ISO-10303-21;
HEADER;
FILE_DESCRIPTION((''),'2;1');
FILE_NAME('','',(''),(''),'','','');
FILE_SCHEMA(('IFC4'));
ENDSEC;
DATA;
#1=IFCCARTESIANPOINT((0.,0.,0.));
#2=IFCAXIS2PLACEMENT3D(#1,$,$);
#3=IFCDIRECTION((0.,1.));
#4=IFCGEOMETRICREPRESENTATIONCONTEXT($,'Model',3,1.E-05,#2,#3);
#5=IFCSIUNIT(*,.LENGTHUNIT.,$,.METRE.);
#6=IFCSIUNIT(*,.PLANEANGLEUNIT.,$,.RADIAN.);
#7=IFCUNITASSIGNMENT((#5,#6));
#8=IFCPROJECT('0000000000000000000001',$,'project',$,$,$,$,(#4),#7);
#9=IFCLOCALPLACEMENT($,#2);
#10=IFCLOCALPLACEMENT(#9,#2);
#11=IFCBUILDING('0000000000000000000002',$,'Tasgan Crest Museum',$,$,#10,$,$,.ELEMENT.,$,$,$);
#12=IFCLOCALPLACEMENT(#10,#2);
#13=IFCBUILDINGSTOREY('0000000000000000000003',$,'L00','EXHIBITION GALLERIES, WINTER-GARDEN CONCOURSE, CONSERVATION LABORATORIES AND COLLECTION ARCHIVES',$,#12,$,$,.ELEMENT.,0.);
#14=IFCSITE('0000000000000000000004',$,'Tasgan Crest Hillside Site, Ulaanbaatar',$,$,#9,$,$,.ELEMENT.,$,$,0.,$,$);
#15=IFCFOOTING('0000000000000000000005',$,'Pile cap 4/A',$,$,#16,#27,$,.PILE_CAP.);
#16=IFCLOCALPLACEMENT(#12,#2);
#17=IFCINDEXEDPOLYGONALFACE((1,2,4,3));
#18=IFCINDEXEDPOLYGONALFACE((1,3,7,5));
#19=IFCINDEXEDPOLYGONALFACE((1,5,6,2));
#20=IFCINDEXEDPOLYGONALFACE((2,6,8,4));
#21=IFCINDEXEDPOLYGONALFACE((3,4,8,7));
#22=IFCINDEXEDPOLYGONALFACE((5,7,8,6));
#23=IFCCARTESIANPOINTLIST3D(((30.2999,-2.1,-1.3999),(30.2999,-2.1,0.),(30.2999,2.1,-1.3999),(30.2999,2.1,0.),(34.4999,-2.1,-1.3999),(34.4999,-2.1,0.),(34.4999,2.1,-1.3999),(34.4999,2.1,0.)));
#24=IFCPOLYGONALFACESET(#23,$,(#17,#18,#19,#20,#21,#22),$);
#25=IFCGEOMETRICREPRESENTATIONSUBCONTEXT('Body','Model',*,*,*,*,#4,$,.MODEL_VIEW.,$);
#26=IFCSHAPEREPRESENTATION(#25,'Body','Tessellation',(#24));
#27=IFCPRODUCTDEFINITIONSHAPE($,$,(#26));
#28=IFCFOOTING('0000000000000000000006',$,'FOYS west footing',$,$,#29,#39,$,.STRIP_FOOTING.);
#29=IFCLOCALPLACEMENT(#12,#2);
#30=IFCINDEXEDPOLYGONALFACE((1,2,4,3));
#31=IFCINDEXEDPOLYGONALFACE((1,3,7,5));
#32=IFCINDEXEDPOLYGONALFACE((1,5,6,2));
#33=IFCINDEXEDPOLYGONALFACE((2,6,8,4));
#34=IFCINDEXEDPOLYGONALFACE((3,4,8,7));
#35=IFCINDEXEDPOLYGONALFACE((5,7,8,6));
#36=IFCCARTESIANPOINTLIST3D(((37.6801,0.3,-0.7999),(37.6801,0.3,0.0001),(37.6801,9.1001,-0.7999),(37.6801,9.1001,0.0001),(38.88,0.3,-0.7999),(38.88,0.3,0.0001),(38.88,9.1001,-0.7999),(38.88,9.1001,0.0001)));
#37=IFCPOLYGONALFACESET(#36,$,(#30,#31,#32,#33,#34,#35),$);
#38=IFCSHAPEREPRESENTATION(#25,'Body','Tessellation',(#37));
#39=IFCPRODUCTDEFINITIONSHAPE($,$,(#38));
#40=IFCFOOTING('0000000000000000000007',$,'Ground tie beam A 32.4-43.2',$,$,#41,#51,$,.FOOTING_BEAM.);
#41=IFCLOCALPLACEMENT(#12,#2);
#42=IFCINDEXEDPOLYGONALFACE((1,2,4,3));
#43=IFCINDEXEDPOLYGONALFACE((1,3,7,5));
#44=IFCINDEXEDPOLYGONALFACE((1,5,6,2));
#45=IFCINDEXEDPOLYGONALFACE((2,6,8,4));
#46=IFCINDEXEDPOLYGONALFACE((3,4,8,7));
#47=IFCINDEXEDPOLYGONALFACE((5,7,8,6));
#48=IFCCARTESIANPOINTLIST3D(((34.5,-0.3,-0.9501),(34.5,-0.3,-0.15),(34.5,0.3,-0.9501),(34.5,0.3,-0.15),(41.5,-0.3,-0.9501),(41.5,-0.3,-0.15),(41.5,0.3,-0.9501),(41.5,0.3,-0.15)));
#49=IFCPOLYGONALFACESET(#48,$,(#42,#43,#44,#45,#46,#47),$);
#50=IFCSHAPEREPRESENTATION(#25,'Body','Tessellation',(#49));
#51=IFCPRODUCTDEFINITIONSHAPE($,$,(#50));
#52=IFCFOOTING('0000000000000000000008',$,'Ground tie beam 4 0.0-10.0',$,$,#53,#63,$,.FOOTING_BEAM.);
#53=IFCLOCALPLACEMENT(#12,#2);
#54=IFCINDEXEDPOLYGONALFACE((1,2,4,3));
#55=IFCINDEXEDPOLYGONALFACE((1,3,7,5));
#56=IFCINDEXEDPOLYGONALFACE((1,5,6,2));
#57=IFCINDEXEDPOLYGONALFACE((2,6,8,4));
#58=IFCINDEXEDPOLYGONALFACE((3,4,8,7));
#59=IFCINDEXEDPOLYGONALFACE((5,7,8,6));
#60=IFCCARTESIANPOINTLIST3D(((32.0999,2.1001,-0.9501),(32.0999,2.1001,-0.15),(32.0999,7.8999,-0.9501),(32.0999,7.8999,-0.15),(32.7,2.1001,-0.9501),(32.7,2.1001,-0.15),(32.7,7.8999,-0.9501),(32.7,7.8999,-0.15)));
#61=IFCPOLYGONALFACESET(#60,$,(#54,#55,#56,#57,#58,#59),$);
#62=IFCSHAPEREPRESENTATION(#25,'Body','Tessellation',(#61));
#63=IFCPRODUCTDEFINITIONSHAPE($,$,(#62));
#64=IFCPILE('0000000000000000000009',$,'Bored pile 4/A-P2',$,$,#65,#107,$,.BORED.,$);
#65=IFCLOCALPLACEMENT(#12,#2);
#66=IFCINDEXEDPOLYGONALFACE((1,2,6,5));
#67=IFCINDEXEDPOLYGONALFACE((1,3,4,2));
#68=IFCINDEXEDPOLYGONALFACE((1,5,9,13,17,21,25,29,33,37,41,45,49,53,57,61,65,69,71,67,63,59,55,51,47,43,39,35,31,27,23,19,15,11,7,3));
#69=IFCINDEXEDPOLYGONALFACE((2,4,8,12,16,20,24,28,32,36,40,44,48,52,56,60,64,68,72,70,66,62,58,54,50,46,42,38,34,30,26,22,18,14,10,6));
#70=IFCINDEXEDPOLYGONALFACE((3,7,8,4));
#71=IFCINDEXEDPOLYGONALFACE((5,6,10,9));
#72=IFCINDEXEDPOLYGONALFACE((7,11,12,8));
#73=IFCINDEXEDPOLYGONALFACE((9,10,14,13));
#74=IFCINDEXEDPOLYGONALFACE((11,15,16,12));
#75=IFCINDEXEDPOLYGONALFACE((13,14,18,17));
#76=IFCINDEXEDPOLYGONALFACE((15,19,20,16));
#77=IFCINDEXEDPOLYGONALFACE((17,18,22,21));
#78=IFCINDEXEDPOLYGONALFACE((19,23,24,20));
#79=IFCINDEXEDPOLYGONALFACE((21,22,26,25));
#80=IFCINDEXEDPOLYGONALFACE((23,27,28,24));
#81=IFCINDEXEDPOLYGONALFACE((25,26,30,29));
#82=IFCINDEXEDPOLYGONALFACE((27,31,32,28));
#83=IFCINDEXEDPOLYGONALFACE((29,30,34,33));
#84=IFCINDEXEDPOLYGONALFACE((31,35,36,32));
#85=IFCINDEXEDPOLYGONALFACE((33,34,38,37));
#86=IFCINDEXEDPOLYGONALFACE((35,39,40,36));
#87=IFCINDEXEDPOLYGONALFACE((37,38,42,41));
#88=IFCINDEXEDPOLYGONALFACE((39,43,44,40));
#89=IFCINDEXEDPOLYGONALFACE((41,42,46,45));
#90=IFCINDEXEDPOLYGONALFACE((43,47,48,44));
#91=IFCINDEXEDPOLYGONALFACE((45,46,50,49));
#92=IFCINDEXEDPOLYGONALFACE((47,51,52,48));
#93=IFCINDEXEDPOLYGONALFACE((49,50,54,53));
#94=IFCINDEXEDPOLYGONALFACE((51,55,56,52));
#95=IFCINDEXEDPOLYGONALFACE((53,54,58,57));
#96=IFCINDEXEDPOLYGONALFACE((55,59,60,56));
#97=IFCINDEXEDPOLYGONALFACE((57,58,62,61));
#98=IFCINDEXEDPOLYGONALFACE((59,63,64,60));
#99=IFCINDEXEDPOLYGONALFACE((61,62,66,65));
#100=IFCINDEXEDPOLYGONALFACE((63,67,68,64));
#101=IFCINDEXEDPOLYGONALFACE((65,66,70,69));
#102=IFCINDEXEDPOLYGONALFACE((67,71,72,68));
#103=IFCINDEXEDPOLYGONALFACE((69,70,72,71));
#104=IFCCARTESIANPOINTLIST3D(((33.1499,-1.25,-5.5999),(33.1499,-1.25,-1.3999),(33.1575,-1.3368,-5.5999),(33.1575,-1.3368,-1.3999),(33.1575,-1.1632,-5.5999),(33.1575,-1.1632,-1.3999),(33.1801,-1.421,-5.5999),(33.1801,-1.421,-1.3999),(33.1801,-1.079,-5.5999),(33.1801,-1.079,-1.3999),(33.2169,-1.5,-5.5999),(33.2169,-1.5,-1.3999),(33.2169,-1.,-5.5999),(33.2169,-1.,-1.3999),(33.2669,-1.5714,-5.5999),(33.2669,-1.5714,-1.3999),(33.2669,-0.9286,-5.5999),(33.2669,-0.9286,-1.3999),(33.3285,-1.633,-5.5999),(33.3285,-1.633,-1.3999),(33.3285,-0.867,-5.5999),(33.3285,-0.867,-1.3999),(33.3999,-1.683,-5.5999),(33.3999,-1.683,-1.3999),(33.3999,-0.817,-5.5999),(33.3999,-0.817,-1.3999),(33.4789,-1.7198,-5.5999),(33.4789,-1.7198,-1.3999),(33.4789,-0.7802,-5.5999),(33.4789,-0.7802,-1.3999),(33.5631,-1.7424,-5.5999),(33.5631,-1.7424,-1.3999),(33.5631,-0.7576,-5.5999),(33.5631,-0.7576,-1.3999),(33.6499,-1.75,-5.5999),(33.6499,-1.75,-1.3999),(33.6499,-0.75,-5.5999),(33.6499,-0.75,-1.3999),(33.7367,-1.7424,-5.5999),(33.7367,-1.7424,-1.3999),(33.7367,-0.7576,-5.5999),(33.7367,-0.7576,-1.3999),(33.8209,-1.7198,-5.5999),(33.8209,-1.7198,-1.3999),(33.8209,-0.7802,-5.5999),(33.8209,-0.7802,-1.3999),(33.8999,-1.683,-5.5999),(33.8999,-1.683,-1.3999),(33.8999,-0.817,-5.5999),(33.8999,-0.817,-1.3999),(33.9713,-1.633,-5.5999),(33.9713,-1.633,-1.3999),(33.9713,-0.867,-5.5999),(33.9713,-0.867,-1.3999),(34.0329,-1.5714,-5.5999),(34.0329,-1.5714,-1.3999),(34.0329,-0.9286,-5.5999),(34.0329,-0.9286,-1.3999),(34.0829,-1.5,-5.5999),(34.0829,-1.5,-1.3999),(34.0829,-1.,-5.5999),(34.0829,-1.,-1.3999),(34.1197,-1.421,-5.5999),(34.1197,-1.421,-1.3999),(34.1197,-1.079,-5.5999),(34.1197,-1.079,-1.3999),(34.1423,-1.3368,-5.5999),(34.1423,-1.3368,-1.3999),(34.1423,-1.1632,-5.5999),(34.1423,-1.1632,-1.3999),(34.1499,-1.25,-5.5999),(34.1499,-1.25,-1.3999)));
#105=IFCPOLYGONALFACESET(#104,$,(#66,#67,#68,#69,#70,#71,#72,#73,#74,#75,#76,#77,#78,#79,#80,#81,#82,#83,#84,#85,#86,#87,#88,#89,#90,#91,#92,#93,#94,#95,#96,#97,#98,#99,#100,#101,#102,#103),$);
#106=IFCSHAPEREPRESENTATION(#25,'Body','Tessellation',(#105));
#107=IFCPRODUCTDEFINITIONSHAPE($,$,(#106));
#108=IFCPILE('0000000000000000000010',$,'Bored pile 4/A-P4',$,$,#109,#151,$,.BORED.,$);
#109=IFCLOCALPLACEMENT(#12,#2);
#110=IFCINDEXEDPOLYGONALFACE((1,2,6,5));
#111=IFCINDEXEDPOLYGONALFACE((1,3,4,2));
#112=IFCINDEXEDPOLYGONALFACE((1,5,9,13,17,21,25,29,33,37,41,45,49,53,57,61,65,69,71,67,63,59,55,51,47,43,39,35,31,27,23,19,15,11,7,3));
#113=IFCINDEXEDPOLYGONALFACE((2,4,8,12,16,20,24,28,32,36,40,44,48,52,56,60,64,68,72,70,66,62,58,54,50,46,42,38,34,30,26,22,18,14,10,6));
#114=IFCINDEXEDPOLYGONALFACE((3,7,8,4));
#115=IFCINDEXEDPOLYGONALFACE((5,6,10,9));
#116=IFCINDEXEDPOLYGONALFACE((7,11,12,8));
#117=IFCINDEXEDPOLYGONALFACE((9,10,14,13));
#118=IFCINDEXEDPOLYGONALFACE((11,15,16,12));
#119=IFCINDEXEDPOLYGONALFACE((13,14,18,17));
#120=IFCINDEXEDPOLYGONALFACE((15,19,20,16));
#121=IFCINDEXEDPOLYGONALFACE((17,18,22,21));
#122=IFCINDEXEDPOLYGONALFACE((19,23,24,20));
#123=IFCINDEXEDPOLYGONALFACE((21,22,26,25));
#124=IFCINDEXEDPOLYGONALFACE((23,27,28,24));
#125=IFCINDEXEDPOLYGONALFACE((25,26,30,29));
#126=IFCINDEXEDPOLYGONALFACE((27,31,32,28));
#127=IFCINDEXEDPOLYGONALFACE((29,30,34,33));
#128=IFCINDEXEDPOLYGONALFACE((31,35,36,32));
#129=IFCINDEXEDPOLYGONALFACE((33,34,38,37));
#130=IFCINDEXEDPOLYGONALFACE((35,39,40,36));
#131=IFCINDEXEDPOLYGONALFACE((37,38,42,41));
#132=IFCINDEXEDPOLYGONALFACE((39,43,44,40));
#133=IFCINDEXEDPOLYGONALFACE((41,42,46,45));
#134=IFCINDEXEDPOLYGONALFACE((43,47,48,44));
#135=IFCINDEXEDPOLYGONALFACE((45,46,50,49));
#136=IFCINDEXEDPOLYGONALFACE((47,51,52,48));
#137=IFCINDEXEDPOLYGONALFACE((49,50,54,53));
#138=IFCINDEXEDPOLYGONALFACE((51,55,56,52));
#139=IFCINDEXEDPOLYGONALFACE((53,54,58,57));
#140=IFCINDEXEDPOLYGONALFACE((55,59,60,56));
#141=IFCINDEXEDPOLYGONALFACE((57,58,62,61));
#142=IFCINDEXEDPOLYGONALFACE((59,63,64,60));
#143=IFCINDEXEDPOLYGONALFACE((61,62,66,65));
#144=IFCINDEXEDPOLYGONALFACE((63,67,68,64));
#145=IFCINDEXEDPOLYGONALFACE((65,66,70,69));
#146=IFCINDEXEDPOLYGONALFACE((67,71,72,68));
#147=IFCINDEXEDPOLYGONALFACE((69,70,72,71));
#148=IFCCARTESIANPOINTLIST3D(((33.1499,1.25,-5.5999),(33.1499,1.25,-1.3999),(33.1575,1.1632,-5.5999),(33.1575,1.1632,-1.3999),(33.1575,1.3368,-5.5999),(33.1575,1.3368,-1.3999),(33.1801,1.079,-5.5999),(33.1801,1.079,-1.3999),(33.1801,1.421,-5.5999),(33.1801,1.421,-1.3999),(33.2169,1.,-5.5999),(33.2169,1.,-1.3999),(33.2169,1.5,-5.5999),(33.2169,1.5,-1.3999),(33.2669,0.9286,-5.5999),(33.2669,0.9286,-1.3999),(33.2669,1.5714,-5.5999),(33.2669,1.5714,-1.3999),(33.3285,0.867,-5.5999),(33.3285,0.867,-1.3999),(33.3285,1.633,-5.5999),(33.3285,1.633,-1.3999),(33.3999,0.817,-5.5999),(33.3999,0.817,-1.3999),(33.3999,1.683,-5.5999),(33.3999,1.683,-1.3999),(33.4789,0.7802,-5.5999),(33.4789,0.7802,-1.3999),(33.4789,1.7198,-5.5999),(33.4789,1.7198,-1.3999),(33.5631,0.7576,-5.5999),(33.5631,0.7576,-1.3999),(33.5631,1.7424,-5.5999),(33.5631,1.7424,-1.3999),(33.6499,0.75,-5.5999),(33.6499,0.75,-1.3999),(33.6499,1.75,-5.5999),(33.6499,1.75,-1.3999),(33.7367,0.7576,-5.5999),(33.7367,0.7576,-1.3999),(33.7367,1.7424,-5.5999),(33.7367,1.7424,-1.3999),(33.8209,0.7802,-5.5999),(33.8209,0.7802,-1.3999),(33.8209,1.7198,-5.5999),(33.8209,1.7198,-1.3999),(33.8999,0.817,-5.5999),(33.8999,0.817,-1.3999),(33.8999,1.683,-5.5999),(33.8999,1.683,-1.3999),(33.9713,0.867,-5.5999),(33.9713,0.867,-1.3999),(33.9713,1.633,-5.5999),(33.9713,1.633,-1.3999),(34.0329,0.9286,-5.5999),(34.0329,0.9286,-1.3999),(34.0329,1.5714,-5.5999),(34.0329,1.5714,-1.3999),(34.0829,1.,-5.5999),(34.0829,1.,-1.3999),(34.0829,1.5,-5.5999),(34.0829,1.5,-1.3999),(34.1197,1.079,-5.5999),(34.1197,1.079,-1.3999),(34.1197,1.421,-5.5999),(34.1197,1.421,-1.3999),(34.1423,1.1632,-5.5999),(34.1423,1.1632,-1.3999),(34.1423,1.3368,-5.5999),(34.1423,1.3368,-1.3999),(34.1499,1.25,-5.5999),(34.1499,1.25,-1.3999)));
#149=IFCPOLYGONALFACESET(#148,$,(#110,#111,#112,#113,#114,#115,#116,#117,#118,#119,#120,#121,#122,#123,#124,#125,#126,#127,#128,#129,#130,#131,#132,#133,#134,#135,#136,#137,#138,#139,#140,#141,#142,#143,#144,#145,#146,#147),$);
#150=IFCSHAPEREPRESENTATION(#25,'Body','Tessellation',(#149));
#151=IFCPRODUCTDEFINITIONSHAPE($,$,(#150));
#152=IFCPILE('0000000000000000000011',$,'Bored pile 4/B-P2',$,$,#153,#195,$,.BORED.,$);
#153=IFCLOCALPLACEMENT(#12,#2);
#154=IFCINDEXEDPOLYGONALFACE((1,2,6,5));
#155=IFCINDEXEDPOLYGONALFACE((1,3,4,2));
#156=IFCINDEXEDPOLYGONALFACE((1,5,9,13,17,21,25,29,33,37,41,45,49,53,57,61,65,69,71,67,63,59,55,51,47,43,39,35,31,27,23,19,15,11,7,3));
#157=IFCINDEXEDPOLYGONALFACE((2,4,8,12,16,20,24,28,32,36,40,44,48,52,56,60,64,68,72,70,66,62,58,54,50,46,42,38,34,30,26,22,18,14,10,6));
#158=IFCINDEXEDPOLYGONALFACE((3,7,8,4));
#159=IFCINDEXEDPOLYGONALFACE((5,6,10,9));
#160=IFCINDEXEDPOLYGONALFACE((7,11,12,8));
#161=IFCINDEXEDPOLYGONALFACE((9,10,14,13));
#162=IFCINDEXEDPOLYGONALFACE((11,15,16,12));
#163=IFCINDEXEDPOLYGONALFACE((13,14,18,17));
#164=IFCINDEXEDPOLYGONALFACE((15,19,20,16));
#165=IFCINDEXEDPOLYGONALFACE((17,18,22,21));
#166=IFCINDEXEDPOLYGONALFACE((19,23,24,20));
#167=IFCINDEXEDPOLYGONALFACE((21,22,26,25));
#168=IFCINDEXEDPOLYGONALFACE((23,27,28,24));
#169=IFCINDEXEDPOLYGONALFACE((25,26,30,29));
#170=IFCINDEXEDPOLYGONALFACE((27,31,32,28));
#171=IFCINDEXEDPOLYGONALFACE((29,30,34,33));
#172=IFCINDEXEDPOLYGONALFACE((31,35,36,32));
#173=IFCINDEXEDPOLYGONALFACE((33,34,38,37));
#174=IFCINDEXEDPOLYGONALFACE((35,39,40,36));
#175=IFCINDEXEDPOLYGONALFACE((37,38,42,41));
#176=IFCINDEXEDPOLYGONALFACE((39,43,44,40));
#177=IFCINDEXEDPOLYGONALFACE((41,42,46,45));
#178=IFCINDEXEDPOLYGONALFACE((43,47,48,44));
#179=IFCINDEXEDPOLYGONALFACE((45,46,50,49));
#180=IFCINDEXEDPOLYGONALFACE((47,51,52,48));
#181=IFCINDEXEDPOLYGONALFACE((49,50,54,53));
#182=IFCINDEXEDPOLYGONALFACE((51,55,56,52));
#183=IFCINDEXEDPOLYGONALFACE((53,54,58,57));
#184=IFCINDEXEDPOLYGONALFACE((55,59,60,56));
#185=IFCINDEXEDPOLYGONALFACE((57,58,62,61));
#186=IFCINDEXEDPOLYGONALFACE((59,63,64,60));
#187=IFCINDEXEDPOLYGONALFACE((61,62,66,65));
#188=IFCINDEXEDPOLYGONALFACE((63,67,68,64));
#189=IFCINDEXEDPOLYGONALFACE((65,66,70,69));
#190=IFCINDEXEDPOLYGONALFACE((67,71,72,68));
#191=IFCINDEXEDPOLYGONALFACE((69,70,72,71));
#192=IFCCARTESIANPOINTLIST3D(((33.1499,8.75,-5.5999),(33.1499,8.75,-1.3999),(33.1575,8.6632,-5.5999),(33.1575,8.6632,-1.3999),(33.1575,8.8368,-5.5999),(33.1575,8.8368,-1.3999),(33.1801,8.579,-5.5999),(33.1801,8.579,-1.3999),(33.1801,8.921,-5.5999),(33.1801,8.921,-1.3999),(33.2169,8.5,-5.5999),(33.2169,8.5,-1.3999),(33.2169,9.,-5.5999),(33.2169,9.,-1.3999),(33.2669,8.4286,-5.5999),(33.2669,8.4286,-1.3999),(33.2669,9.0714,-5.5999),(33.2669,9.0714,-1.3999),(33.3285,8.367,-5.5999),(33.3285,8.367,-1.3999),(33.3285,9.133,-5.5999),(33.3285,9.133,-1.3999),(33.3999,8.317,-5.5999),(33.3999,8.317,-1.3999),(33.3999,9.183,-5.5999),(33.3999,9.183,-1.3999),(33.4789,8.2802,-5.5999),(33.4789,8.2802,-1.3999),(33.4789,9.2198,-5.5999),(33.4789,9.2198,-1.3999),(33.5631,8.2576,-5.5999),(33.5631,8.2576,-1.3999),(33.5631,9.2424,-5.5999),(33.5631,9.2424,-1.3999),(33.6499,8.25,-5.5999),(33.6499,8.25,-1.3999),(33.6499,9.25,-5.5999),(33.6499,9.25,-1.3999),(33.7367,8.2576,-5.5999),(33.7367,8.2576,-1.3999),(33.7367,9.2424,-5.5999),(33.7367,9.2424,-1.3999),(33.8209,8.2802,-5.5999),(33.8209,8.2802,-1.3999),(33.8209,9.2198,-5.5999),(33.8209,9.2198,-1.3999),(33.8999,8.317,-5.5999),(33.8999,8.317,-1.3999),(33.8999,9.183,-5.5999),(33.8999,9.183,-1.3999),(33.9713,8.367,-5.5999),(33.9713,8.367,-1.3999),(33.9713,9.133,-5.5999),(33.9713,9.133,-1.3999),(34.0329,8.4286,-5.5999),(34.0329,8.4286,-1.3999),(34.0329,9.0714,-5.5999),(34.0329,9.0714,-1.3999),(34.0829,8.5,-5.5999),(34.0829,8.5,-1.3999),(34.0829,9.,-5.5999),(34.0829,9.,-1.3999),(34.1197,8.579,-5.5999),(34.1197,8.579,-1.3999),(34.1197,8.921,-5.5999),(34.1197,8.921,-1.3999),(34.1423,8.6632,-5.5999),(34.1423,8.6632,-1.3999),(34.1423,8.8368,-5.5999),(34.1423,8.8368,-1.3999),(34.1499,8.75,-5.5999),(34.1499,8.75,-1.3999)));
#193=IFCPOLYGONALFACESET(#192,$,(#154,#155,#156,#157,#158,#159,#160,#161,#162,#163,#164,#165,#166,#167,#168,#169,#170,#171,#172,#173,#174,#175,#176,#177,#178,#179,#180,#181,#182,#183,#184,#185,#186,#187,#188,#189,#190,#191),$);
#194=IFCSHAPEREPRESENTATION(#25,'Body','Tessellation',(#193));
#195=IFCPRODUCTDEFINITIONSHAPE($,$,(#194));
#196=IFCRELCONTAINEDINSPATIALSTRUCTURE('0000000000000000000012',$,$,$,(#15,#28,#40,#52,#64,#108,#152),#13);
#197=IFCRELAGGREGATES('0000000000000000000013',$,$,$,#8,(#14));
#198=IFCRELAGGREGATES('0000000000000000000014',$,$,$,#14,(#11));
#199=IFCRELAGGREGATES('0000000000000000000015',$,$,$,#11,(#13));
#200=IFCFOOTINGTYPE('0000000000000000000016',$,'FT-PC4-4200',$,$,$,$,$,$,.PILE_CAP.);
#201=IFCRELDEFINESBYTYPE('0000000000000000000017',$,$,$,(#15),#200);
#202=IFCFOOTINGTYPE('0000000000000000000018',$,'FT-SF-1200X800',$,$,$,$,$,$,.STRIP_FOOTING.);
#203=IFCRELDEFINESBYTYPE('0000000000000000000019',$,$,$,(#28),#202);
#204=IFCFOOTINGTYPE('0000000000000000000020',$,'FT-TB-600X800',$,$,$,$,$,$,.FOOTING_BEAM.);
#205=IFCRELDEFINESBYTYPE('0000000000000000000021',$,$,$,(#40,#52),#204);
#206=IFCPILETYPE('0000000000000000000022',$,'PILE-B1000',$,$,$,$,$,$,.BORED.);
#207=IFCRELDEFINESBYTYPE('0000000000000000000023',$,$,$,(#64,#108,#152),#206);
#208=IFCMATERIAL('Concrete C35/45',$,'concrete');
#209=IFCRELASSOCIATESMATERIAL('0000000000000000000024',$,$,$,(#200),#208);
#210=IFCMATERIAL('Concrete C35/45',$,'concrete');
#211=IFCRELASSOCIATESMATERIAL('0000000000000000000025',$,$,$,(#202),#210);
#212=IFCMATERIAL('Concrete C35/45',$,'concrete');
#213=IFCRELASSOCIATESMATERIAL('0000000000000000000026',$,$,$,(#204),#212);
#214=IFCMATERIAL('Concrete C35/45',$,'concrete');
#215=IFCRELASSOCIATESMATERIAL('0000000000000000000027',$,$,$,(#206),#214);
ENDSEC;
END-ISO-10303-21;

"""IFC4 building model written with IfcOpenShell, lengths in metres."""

from ifc_helpers import new_model, si_unit, direction, frame, origin, origin_2d, place, context, subcontext, project, spatial, rectangle, circle, extrude, material, material_profile, profile_set, type_object, element, save


model = new_model("IFC4")

# Units and contexts
model_context = context("Model", 3, precision=1e-05, world=origin(), true_north=direction((0.0, 1.0)))
body_context = subcontext(model_context, "Body", "Model", "MODEL_VIEW")
ifc_project = project(units=[si_unit("LENGTHUNIT", "METRE"), si_unit("PLANEANGLEUNIT", "RADIAN")], contexts=[model_context])

# Site, building, storey
site_placement = place(None, origin())
site = spatial("IfcSite", under=ifc_project, at=site_placement, Name="Tasgan Crest Hillside Site, Ulaanbaatar", CompositionType="ELEMENT", RefElevation=0.0)
building_placement = place(site_placement, origin())
building = spatial("IfcBuilding", under=site, at=building_placement, Name="Tasgan Crest Museum", CompositionType="ELEMENT")
storey_placement = place(building_placement, origin())
storey = spatial("IfcBuildingStorey", under=building, at=storey_placement, Name="L00", Description="EXHIBITION GALLERIES, WINTER-GARDEN CONCOURSE, CONSERVATION LABORATORIES AND COLLECTION ARCHIVES", CompositionType="ELEMENT", Elevation=0.0)

# Footings
ifc_material_1 = material(Name="Concrete C35/45", Category="concrete")
footing_type_1 = type_object("IfcFootingType", Name="FT-PC4-4200", PredefinedType="PILE_CAP", material=ifc_material_1)
footing_1_placement = place(storey_placement, frame((32.3999, 0.0, -1.3999), z_axis=(0.0, 0.0, 1.0), x_axis=(1.0, 0.0, 0.0)))
element("IfcFooting", 1, at=footing_1_placement, inside=storey, type_object=footing_type_1, Name="Pile cap 4/A", PredefinedType="PILE_CAP", context=body_context, shape_type="SweptSolid", body=[
    extrude(rectangle(XDim=4.2, YDim=4.2, at=origin_2d()), origin(), (0.0, 0.0, 1.0), 1.3999),
])
ifc_material_2 = material(Name="Concrete C35/45", Category="concrete")
ifc_material_profile_1 = material_profile(ifc_material_2, rectangle(XDim=1.2, YDim=0.8, at=origin_2d()), Name="SF 1200x800")
ifc_profile_set_1 = profile_set([ifc_material_profile_1], Name="Concrete C35/45")
footing_type_2 = type_object("IfcFootingType", Name="FT-SF-1200X800", PredefinedType="STRIP_FOOTING", material=ifc_profile_set_1)
footing_2_placement = place(storey_placement, frame((38.28, 0.3, -0.3999), z_axis=(0.0, 1.0, 0.0), x_axis=(-1.0, 0.0, 0.0)))
element("IfcFooting", 2, at=footing_2_placement, inside=storey, type_object=footing_type_2, Name="FOYS west footing", PredefinedType="STRIP_FOOTING", context=body_context, shape_type="SweptSolid", body=[
    extrude(rectangle(XDim=1.2, YDim=0.8, at=origin_2d()), origin(), (0.0, 0.0, 1.0), 8.8),
])
ifc_material_3 = material(Name="Concrete C35/45", Category="concrete")
ifc_material_profile_2 = material_profile(ifc_material_3, rectangle(XDim=0.6001, YDim=0.8, at=origin_2d()), Name="TB 600x800")
ifc_profile_set_2 = profile_set([ifc_material_profile_2], Name="Concrete C35/45")
footing_type_3 = type_object("IfcFootingType", Name="FT-TB-600X800", PredefinedType="FOOTING_BEAM", material=ifc_profile_set_2)
footing_3_placement = place(storey_placement, frame((34.5, 0.0, -0.55), z_axis=(1.0, 0.0, 0.0), x_axis=(0.0, 1.0, 0.0)))
element("IfcFooting", 3, at=footing_3_placement, inside=storey, type_object=footing_type_3, Name="Ground tie beam A 32.4-43.2", PredefinedType="FOOTING_BEAM", context=body_context, shape_type="SweptSolid", body=[
    extrude(rectangle(XDim=0.6001, YDim=0.8, at=origin_2d()), origin(), (0.0, 0.0, 1.0), 7.0),
])
footing_4_placement = place(storey_placement, frame((32.3999, 2.1001, -0.55), z_axis=(0.0, 1.0, 0.0), x_axis=(-1.0, 0.0, 0.0)))
element("IfcFooting", 4, at=footing_4_placement, inside=storey, type_object=footing_type_3, Name="Ground tie beam 4 0.0-10.0", PredefinedType="FOOTING_BEAM", context=body_context, shape_type="SweptSolid", body=[
    extrude(rectangle(XDim=0.6001, YDim=0.8, at=origin_2d()), origin(), (0.0, 0.0, 1.0), 5.7998),
])

# Piles
ifc_material_4 = material(Name="Concrete C35/45", Category="concrete")
ifc_material_profile_3 = material_profile(ifc_material_4, circle(Radius=0.5, at=origin_2d()), Name="PILE D1000")
ifc_profile_set_3 = profile_set([ifc_material_profile_3], Name="Concrete C35/45")
pile_type = type_object("IfcPileType", Name="PILE-B1000", PredefinedType="BORED", material=ifc_profile_set_3)
for number, where, z_axis, x_axis, name in (
    (5, (33.6499, -1.25, -1.3999), (0.0, 0.0, -1.0), (1.0, 0.0, 0.0), "Bored pile 4/A-P2"),
    (6, (33.6499, 1.25, -1.3999), (0.0, 0.0, -1.0), (1.0, 0.0, 0.0), "Bored pile 4/A-P4"),
    (7, (33.6499, 8.75, -1.3999), (0.0, 0.0, -1.0), (1.0, 0.0, 0.0), "Bored pile 4/B-P2"),
):
    element("IfcPile", number, at=place(storey_placement, frame(where, z_axis=z_axis, x_axis=x_axis)), inside=storey, type_object=pile_type, Name=name, PredefinedType="BORED", context=body_context, shape_type="SweptSolid", body=[
        extrude(circle(Radius=0.5, at=origin_2d()), origin(), (0.0, 0.0, 1.0), 4.2),
    ])

save(model, "model.ifc")
